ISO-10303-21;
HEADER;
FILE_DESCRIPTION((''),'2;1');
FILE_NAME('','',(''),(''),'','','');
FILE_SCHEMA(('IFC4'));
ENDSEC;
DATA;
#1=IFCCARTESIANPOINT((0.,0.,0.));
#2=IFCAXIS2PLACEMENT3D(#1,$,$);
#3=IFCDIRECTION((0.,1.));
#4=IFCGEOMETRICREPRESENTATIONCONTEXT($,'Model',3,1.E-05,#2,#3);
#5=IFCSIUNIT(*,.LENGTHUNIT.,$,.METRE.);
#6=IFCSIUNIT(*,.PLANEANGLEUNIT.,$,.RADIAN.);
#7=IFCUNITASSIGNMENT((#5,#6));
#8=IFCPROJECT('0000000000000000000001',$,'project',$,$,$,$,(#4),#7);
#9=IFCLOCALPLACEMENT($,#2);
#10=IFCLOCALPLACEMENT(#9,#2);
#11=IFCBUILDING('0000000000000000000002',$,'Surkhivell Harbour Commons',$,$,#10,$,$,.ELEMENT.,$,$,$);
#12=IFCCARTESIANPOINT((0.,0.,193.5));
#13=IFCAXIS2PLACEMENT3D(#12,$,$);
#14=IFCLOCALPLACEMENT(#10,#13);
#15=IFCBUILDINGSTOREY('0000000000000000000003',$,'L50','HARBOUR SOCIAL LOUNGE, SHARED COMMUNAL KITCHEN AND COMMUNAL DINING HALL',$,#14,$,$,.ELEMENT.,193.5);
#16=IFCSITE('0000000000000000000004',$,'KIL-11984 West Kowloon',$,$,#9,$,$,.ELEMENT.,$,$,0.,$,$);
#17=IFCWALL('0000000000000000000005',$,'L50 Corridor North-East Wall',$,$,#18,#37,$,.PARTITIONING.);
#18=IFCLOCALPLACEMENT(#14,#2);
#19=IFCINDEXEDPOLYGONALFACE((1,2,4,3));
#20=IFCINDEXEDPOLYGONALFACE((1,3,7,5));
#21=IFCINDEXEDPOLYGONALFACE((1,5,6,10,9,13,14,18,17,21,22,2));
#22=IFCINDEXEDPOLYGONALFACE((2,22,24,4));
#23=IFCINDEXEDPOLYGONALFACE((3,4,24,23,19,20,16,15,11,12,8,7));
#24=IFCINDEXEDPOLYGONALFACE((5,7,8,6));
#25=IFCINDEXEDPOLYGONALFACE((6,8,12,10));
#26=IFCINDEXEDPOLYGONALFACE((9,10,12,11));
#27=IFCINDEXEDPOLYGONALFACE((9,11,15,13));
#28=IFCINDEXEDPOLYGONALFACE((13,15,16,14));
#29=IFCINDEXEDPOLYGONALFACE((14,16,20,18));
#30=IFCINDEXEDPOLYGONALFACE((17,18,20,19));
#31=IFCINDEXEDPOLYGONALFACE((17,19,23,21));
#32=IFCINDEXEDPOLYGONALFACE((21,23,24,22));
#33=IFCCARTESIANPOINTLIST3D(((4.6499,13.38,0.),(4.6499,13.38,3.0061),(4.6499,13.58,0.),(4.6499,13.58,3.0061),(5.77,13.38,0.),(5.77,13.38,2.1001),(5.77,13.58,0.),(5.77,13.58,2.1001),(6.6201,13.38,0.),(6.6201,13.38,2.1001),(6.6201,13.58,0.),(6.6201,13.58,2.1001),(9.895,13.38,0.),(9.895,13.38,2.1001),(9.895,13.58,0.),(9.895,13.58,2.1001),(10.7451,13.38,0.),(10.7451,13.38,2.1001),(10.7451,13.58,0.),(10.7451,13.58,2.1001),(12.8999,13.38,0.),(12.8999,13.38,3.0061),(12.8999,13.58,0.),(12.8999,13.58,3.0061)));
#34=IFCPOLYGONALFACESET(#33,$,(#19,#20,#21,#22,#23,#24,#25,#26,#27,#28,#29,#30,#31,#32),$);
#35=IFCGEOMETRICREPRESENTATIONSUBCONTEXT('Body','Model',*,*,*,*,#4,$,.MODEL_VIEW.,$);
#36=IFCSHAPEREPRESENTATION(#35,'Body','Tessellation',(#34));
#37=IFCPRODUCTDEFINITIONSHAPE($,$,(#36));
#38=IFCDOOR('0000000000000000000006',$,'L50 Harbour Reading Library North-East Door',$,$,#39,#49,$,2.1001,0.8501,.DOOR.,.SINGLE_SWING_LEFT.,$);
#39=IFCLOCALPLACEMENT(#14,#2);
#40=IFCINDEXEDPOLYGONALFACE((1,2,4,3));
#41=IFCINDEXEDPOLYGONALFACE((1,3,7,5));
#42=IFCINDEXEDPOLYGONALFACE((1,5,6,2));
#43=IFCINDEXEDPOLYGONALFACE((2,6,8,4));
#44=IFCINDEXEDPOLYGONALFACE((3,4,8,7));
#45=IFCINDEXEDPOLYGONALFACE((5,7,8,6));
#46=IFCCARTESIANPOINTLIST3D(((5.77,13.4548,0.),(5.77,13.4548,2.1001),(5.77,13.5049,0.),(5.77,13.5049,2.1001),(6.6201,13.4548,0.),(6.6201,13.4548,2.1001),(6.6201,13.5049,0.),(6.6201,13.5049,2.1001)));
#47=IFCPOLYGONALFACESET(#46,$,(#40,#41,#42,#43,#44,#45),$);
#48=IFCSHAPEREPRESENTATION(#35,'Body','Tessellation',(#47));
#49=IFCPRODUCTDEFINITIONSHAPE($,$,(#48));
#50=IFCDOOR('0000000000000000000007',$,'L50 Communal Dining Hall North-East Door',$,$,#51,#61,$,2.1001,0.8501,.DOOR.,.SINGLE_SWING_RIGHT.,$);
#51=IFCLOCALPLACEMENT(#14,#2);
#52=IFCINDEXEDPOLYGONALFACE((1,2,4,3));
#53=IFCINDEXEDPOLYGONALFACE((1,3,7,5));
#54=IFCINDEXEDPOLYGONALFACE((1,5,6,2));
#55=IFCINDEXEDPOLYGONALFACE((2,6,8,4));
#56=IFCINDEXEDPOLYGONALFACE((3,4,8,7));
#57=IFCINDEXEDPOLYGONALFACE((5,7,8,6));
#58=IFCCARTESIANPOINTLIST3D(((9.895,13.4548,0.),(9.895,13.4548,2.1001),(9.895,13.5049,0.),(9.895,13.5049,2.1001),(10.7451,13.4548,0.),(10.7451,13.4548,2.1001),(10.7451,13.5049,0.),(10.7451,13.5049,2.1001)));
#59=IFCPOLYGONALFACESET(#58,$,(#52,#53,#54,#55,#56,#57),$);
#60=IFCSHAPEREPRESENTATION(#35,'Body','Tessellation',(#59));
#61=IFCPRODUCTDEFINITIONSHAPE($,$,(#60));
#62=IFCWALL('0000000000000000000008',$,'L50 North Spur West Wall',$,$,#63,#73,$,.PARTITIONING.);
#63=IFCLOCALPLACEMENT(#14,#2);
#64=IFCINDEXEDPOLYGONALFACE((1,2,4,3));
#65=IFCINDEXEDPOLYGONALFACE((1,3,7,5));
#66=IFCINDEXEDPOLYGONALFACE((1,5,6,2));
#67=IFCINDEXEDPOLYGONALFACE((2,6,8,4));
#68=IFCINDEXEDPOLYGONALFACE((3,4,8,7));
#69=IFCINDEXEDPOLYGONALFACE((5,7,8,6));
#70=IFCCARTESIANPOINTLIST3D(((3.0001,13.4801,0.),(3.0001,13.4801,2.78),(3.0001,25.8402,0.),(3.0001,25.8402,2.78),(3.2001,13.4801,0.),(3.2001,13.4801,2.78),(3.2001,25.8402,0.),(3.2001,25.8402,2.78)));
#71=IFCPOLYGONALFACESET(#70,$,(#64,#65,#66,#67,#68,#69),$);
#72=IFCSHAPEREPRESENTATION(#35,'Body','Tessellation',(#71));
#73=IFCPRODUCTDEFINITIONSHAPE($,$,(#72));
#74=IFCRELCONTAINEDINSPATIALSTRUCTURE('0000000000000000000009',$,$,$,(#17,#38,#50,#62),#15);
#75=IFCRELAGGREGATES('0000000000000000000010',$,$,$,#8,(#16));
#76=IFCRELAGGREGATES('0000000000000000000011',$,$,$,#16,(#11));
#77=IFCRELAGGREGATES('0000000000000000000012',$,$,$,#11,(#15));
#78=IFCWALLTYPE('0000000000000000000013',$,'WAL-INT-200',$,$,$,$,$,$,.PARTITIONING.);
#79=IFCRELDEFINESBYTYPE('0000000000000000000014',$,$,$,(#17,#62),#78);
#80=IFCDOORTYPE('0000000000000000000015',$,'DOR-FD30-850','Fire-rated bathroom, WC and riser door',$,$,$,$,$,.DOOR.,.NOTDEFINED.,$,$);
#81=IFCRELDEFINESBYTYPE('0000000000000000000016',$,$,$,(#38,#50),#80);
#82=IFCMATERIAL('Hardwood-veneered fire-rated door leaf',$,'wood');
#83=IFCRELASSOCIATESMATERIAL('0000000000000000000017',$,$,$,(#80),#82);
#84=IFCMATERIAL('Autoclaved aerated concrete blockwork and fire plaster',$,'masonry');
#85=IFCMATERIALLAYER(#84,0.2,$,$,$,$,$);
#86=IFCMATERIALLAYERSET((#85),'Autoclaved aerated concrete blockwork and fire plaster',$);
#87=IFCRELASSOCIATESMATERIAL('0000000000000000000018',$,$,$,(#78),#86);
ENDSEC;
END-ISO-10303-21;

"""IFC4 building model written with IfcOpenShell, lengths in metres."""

from ifc_helpers import new_model, si_unit, direction, frame, frame_2d, origin, place, context, subcontext, project, spatial, rectangle, extrude, material, layer, layer_set, type_object, element, fill, save


model = new_model("IFC4")

# Units and contexts
model_context = context("Model", 3, precision=1e-05, world=origin(), true_north=direction((0.0, 1.0)))
body_context = subcontext(model_context, "Body", "Model", "MODEL_VIEW")
ifc_project = project(units=[si_unit("LENGTHUNIT", "METRE"), si_unit("PLANEANGLEUNIT", "RADIAN")], contexts=[model_context])

# Site, building, storey
site_placement = place(None, origin())
site = spatial("IfcSite", under=ifc_project, at=site_placement, Name="KIL-11984 West Kowloon", CompositionType="ELEMENT", RefElevation=0.0)
building_placement = place(site_placement, origin())
building = spatial("IfcBuilding", under=site, at=building_placement, Name="Surkhivell Harbour Commons", CompositionType="ELEMENT")
storey_placement = place(building_placement, frame((0.0, 0.0, 193.5)))
storey = spatial("IfcBuildingStorey", under=building, at=storey_placement, Name="L50", Description="HARBOUR SOCIAL LOUNGE, SHARED COMMUNAL KITCHEN AND COMMUNAL DINING HALL", CompositionType="ELEMENT", Elevation=193.5)

# Shared definitions
ifc_material_1 = material(Name="Hardwood-veneered fire-rated door leaf", Category="wood")
door_type = type_object("IfcDoorType", Name="DOR-FD30-850", Description="Fire-rated bathroom, WC and riser door", OperationType="NOTDEFINED", PredefinedType="DOOR", material=ifc_material_1)

# Wall, openings, doors
ifc_material_2 = material(Name="Autoclaved aerated concrete blockwork and fire plaster", Category="masonry")
ifc_layer_1 = layer(ifc_material_2, 0.2)
ifc_layer_set_1 = layer_set([ifc_layer_1], Name="Autoclaved aerated concrete blockwork and fire plaster")
wall_type_1 = type_object("IfcWallType", Name="WAL-INT-200", PredefinedType="PARTITIONING", material=ifc_layer_set_1)
wall_1_placement = place(storey_placement, frame((4.6499, 13.48, 0.0), z_axis=(0.0, 0.0, 1.0), x_axis=(1.0, 0.0, 0.0)))
wall_1 = element("IfcWall", 1, at=wall_1_placement, inside=storey, type_object=wall_type_1, Name="L50 Corridor North-East Wall", PredefinedType="PARTITIONING", context=body_context, shape_type="SweptSolid", body=[
    extrude(rectangle(XDim=8.25, YDim=0.2, at=frame_2d((4.125, 0.0))), origin(), (0.0, 0.0, 1.0), 3.0061),
])
opening_1_placement = place(wall_1_placement, frame((1.1201, 0.0, 0.0)))
opening_1 = element("IfcOpeningElement", 2, at=opening_1_placement, cuts=wall_1, PredefinedType="OPENING", context=body_context, shape_type="SweptSolid", body=[
    extrude(rectangle(XDim=0.8501, YDim=2.1001, at=frame_2d((0.425, 1.05))), frame((0.0, 0.1099, 0.0), z_axis=(0.0, -1.0, 0.0), x_axis=(1.0, 0.0, 0.0)), (0.0, 0.0, 1.0), 0.22),
])
opening_2_placement = place(wall_1_placement, frame((5.2451, 0.0, 0.0)))
opening_2 = element("IfcOpeningElement", 3, at=opening_2_placement, cuts=wall_1, PredefinedType="OPENING", context=body_context, shape_type="SweptSolid", body=[
    extrude(rectangle(XDim=0.8501, YDim=2.1001, at=frame_2d((0.425, 1.05))), frame((0.0, 0.1099, 0.0), z_axis=(0.0, -1.0, 0.0), x_axis=(1.0, 0.0, 0.0)), (0.0, 0.0, 1.0), 0.22),
])
door_1_placement = place(opening_1_placement, origin())
door_1 = element("IfcDoor", 4, at=door_1_placement, inside=storey, type_object=door_type, Name="L50 Harbour Reading Library North-East Door", OperationType="SINGLE_SWING_LEFT", OverallHeight=2.1001, OverallWidth=0.8501, PredefinedType="DOOR", context=body_context, shape_type="SweptSolid", body=[
    extrude(rectangle(XDim=0.8501, YDim=2.1001, at=frame_2d((0.425, 1.05))), frame((0.0, 0.0249, 0.0), z_axis=(0.0, -1.0, 0.0), x_axis=(1.0, 0.0, 0.0)), (0.0, 0.0, 1.0), 0.05),
])
fill(opening_1, door_1)
door_2_placement = place(opening_2_placement, origin())
door_2 = element("IfcDoor", 5, at=door_2_placement, inside=storey, type_object=door_type, Name="L50 Communal Dining Hall North-East Door", OperationType="SINGLE_SWING_RIGHT", OverallHeight=2.1001, OverallWidth=0.8501, PredefinedType="DOOR", context=body_context, shape_type="SweptSolid", body=[
    extrude(rectangle(XDim=0.8501, YDim=2.1001, at=frame_2d((0.425, 1.05))), frame((0.0, 0.0249, 0.0), z_axis=(0.0, -1.0, 0.0), x_axis=(1.0, 0.0, 0.0)), (0.0, 0.0, 1.0), 0.05),
])
fill(opening_2, door_2)

# Wall
wall_2_placement = place(storey_placement, frame((3.1001, 13.48, 0.0), z_axis=(0.0, 0.0, 1.0), x_axis=(0.0, 1.0, 0.0)))
element("IfcWall", 6, at=wall_2_placement, inside=storey, type_object=wall_type_1, Name="L50 North Spur West Wall", PredefinedType="PARTITIONING", context=body_context, shape_type="SweptSolid", body=[
    extrude(rectangle(XDim=12.3601, YDim=0.2, at=frame_2d((6.1802, 0.0))), origin(), (0.0, 0.0, 1.0), 2.78),
])

save(model, "model.ifc")
